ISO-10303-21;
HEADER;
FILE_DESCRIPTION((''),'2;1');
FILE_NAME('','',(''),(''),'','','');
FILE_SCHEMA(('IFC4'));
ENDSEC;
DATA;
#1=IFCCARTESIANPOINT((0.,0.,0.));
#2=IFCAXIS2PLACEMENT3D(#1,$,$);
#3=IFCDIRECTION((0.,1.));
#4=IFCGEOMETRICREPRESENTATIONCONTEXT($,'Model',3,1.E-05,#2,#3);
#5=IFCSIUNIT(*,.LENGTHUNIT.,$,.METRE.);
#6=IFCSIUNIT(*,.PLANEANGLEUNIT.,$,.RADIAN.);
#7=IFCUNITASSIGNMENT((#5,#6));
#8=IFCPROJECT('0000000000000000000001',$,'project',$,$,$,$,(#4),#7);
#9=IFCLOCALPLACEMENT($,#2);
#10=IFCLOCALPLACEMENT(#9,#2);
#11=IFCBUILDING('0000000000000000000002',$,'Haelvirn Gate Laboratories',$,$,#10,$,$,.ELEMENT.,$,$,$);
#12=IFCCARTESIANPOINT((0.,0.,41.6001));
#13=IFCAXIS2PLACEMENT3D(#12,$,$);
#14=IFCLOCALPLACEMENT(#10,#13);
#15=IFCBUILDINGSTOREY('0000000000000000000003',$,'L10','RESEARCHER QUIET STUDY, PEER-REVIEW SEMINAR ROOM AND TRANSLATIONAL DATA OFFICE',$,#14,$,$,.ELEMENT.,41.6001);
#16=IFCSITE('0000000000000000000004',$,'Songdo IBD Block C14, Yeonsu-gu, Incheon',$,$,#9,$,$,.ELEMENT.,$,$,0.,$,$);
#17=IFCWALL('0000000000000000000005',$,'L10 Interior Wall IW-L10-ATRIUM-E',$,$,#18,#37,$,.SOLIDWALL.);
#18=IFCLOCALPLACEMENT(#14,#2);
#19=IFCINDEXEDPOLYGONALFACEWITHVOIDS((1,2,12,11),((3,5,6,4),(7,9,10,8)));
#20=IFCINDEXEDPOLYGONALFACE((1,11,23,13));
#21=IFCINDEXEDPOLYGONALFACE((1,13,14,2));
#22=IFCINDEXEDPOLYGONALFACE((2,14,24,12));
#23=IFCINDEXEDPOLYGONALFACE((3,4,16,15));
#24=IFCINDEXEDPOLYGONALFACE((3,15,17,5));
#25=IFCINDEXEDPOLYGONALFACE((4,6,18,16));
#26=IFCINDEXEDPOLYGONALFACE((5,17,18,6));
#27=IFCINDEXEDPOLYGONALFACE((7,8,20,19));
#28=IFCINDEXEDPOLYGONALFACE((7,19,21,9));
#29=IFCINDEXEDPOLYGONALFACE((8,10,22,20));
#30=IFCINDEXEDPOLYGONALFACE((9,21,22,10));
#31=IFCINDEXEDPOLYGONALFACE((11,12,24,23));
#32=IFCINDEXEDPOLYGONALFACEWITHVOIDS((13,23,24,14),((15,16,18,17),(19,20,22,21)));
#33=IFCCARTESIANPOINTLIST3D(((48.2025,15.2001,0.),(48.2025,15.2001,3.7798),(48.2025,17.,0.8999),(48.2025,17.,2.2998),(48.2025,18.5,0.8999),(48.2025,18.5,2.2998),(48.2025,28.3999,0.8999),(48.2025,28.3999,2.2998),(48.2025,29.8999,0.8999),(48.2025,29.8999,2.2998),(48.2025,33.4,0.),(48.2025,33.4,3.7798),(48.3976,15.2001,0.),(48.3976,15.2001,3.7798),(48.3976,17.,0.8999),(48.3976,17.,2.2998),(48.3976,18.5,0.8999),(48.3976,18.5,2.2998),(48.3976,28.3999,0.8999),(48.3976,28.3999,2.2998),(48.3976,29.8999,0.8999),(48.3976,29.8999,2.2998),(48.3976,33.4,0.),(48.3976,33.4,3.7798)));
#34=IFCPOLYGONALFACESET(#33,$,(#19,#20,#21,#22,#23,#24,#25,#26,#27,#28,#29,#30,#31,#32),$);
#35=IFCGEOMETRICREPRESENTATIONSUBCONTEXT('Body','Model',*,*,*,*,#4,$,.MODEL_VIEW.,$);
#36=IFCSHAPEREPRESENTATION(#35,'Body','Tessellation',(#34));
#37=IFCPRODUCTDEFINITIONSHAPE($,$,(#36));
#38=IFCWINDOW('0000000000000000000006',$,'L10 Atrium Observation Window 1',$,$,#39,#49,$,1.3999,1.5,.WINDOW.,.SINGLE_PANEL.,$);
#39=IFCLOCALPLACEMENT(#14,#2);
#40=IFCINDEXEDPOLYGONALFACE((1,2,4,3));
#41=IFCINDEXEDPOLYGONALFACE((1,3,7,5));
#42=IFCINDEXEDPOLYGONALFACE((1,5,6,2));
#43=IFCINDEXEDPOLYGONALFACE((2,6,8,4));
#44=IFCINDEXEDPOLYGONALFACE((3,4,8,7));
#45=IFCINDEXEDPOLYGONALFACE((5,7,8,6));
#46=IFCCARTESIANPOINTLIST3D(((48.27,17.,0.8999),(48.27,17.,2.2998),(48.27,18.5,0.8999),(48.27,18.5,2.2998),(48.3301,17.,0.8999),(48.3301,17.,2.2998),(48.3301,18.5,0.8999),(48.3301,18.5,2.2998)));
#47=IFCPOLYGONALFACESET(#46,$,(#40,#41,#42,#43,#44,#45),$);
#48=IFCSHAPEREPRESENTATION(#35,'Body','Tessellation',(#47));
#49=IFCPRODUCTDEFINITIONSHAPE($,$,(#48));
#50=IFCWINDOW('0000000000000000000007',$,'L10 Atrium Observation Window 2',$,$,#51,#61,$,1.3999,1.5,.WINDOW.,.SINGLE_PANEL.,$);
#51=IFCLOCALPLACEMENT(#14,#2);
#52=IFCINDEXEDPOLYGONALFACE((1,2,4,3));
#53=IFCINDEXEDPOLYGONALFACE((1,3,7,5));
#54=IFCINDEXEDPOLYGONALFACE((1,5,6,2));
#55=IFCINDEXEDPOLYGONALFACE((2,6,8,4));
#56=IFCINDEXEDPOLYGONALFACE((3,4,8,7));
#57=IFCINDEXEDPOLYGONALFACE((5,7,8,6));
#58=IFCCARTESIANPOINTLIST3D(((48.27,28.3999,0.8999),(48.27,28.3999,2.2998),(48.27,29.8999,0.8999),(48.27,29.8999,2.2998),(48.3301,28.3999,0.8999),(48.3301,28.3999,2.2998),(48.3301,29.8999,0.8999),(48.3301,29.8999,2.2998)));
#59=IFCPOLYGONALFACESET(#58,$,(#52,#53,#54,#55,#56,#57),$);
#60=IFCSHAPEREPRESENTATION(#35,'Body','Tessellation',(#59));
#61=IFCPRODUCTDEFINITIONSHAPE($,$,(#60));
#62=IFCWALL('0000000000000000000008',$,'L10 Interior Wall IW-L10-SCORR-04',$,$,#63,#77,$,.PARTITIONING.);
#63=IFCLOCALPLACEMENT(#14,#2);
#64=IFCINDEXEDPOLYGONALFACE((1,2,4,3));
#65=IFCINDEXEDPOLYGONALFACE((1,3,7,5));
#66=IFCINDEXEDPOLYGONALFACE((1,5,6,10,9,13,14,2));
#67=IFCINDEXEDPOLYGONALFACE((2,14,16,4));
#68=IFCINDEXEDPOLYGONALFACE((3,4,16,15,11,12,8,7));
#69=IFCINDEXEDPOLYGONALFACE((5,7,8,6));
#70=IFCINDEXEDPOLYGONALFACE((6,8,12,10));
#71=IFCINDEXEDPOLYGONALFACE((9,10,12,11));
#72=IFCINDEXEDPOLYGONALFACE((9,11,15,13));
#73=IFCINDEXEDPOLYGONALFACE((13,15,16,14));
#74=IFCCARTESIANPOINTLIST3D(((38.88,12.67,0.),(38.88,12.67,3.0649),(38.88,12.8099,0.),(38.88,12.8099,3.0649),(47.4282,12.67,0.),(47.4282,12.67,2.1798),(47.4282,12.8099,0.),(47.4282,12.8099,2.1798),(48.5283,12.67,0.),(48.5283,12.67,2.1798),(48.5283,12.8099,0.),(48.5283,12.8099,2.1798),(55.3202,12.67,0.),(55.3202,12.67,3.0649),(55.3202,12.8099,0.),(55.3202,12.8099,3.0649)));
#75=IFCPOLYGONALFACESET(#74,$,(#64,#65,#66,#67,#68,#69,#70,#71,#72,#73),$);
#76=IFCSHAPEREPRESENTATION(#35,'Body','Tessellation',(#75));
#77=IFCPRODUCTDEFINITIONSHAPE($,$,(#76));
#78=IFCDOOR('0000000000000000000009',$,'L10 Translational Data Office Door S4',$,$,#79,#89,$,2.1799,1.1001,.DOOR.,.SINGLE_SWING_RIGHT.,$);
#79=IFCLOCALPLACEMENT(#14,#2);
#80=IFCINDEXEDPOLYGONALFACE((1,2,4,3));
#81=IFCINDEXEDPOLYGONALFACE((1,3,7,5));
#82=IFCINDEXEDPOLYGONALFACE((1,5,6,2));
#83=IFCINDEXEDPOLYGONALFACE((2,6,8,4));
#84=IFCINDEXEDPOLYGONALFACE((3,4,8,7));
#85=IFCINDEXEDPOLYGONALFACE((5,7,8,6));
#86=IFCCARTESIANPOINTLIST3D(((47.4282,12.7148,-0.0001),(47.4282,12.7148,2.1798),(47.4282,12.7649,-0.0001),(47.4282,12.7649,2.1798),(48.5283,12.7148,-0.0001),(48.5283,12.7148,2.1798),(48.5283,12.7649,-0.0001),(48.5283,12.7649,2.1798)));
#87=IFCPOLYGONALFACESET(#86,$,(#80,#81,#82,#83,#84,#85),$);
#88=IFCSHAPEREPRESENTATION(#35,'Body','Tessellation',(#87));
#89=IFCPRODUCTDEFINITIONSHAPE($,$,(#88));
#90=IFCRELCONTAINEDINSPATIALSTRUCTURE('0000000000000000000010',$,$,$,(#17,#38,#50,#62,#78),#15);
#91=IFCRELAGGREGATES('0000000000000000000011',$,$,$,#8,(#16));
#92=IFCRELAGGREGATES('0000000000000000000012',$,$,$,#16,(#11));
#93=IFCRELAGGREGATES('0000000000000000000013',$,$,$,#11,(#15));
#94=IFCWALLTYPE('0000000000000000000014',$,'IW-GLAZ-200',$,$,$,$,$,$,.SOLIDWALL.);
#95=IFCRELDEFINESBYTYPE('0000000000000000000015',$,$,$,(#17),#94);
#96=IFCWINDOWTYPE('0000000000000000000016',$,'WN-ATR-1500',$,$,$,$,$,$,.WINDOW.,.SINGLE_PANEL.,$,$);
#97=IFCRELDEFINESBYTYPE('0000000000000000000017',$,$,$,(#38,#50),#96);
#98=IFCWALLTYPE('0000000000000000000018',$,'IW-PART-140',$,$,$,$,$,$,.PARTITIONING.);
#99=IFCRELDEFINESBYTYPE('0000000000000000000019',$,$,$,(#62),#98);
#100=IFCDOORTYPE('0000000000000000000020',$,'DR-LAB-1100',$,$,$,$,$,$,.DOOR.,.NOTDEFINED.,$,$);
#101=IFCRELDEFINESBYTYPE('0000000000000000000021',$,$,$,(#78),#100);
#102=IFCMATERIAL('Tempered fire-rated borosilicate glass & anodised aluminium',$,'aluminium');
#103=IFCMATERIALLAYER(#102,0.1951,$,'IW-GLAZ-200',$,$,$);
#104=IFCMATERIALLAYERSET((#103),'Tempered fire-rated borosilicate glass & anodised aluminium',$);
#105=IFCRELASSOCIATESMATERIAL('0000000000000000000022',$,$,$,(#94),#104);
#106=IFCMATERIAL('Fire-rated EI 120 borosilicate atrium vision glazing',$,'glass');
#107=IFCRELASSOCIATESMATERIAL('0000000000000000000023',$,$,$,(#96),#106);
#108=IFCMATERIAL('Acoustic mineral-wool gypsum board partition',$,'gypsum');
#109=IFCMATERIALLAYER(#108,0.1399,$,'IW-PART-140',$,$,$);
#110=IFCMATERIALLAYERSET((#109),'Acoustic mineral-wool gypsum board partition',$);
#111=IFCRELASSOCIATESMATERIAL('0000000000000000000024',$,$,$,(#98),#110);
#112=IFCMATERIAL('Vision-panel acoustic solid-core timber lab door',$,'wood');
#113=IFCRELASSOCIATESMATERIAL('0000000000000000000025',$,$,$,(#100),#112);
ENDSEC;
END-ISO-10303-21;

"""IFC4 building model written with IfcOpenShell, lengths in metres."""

from ifc_helpers import new_model, si_unit, direction, frame, frame_2d, origin, place, context, subcontext, project, spatial, rectangle, extrude, source, transform, mapped, material, layer, layer_set, type_object, type_shapes, element, fill, save


model = new_model("IFC4")

# Units and contexts
model_context = context("Model", 3, precision=1e-05, world=origin(), true_north=direction((0.0, 1.0)))
body_context = subcontext(model_context, "Body", "Model", "MODEL_VIEW")
ifc_project = project(units=[si_unit("LENGTHUNIT", "METRE"), si_unit("PLANEANGLEUNIT", "RADIAN")], contexts=[model_context])

# Site, building, storey
site_placement = place(None, origin())
site = spatial("IfcSite", under=ifc_project, at=site_placement, Name="Songdo IBD Block C14, Yeonsu-gu, Incheon", CompositionType="ELEMENT", RefElevation=0.0)
building_placement = place(site_placement, origin())
building = spatial("IfcBuilding", under=site, at=building_placement, Name="Haelvirn Gate Laboratories", CompositionType="ELEMENT")
storey_placement = place(building_placement, frame((0.0, 0.0, 41.6001)))
storey = spatial("IfcBuildingStorey", under=building, at=storey_placement, Name="L10", Description="RESEARCHER QUIET STUDY, PEER-REVIEW SEMINAR ROOM AND TRANSLATIONAL DATA OFFICE", CompositionType="ELEMENT", Elevation=41.6001)

# Wall, openings, windows
ifc_material_1 = material(Name="Tempered fire-rated borosilicate glass & anodised aluminium", Category="aluminium")
ifc_layer_1 = layer(ifc_material_1, 0.1951, Name="IW-GLAZ-200")
ifc_layer_set_1 = layer_set([ifc_layer_1], Name="Tempered fire-rated borosilicate glass & anodised aluminium")
wall_type_1 = type_object("IfcWallType", Name="IW-GLAZ-200", PredefinedType="SOLIDWALL", material=ifc_layer_set_1)
wall_1_placement = place(storey_placement, frame((48.3, 15.2, 0.0), z_axis=(0.0, 0.0, 1.0), x_axis=(0.0, 1.0, 0.0)))
wall_1 = element("IfcWall", 1, at=wall_1_placement, inside=storey, type_object=wall_type_1, Name="L10 Interior Wall IW-L10-ATRIUM-E", PredefinedType="SOLIDWALL", context=body_context, shape_type="SweptSolid", body=[
    extrude(rectangle(XDim=18.2, YDim=0.1951, at=frame_2d((9.1001, 0.0))), origin(), (0.0, 0.0, 1.0), 3.7798),
])
opening_1_placement = place(wall_1_placement, frame((1.8, 0.0, 0.8999)))
opening_1 = element("IfcOpeningElement", 2, at=opening_1_placement, cuts=wall_1, PredefinedType="OPENING", context=body_context, shape_type="SweptSolid", body=[
    extrude(rectangle(XDim=1.5, YDim=1.3999, at=frame_2d((0.75, 0.7))), frame((0.0, 0.1074, 0.0), z_axis=(0.0, -1.0, 0.0), x_axis=(1.0, 0.0, 0.0)), (0.0, 0.0, 1.0), 0.2151),
])
opening_2_placement = place(wall_1_placement, frame((13.2, 0.0, 0.8999)))
opening_2 = element("IfcOpeningElement", 3, at=opening_2_placement, cuts=wall_1, PredefinedType="OPENING", context=body_context, shape_type="SweptSolid", body=[
    extrude(rectangle(XDim=1.5, YDim=1.3999, at=frame_2d((0.75, 0.7))), frame((0.0, 0.1074, 0.0), z_axis=(0.0, -1.0, 0.0), x_axis=(1.0, 0.0, 0.0)), (0.0, 0.0, 1.0), 0.2151),
])
ifc_material_2 = material(Name="Fire-rated EI 120 borosilicate atrium vision glazing", Category="glass")
window_type = type_object("IfcWindowType", Name="WN-ATR-1500", PartitioningType="SINGLE_PANEL", PredefinedType="WINDOW", material=ifc_material_2)
shared_shape_1 = source(origin(), body_context, "Body", "SweptSolid", [
    extrude(rectangle(XDim=1.5, YDim=1.3999, at=frame_2d((0.75, 0.7))), frame((0.0, 0.03, 0.0), z_axis=(0.0, -1.0, 0.0), x_axis=(1.0, 0.0, 0.0)), (0.0, 0.0, 1.0), 0.0601),
])
type_shapes(window_type, [shared_shape_1])
window_1_placement = place(opening_1_placement, origin())
window_1 = element("IfcWindow", 4, at=window_1_placement, inside=storey, type_object=window_type, Name="L10 Atrium Observation Window 1", OverallHeight=1.3999, OverallWidth=1.5, PartitioningType="SINGLE_PANEL", PredefinedType="WINDOW", context=body_context, shape_type="MappedRepresentation", body=[
    mapped(shared_shape_1, transform((0.0, 0.0, 0.0), scale=1.0)),
])
fill(opening_1, window_1)
window_2_placement = place(opening_2_placement, origin())
window_2 = element("IfcWindow", 5, at=window_2_placement, inside=storey, type_object=window_type, Name="L10 Atrium Observation Window 2", OverallHeight=1.3999, OverallWidth=1.5, PartitioningType="SINGLE_PANEL", PredefinedType="WINDOW", context=body_context, shape_type="MappedRepresentation", body=[
    mapped(shared_shape_1, transform((0.0, 0.0, 0.0), scale=1.0)),
])
fill(opening_2, window_2)

# Wall, opening, door
ifc_material_3 = material(Name="Acoustic mineral-wool gypsum board partition", Category="gypsum")
ifc_layer_2 = layer(ifc_material_3, 0.1399, Name="IW-PART-140")
ifc_layer_set_2 = layer_set([ifc_layer_2], Name="Acoustic mineral-wool gypsum board partition")
wall_type_2 = type_object("IfcWallType", Name="IW-PART-140", PredefinedType="PARTITIONING", material=ifc_layer_set_2)
wall_2_placement = place(storey_placement, frame((38.8799, 12.74, 0.0), z_axis=(0.0, 0.0, 1.0), x_axis=(1.0, 0.0, 0.0)))
wall_2 = element("IfcWall", 6, at=wall_2_placement, inside=storey, type_object=wall_type_2, Name="L10 Interior Wall IW-L10-SCORR-04", PredefinedType="PARTITIONING", context=body_context, shape_type="SweptSolid", body=[
    extrude(rectangle(XDim=16.4402, YDim=0.1399, at=frame_2d((8.2202, 0.0))), origin(), (0.0, 0.0, 1.0), 3.0649),
])
opening_3_placement = place(wall_2_placement, frame((8.5483, 0.0, 0.0)))
opening_3 = element("IfcOpeningElement", 7, at=opening_3_placement, cuts=wall_2, PredefinedType="OPENING", context=body_context, shape_type="SweptSolid", body=[
    extrude(rectangle(XDim=1.1001, YDim=2.1799, at=frame_2d((0.55, 1.0898))), frame((0.0, 0.0801, 0.0), z_axis=(0.0, -1.0, 0.0), x_axis=(1.0, 0.0, 0.0)), (0.0, 0.0, 1.0), 0.1599),
])
ifc_material_4 = material(Name="Vision-panel acoustic solid-core timber lab door", Category="wood")
door_type = type_object("IfcDoorType", Name="DR-LAB-1100", OperationType="NOTDEFINED", PredefinedType="DOOR", material=ifc_material_4)
shared_shape_2 = source(origin(), body_context, "Body", "SweptSolid", [
    extrude(rectangle(XDim=1.1001, YDim=2.1799, at=frame_2d((0.55, 1.0898))), frame((0.0, 0.0249, 0.0), z_axis=(0.0, -1.0, 0.0), x_axis=(1.0, 0.0, 0.0)), (0.0, 0.0, 1.0), 0.05),
])
type_shapes(door_type, [shared_shape_2])
door_placement = place(opening_3_placement, origin())
door = element("IfcDoor", 8, at=door_placement, inside=storey, type_object=door_type, Name="L10 Translational Data Office Door S4", OperationType="SINGLE_SWING_RIGHT", OverallHeight=2.1799, OverallWidth=1.1001, PredefinedType="DOOR", context=body_context, shape_type="MappedRepresentation", body=[
    mapped(shared_shape_2, transform((0.0, 0.0, 0.0), scale=1.0)),
])
fill(opening_3, door)

save(model, "model.ifc")
